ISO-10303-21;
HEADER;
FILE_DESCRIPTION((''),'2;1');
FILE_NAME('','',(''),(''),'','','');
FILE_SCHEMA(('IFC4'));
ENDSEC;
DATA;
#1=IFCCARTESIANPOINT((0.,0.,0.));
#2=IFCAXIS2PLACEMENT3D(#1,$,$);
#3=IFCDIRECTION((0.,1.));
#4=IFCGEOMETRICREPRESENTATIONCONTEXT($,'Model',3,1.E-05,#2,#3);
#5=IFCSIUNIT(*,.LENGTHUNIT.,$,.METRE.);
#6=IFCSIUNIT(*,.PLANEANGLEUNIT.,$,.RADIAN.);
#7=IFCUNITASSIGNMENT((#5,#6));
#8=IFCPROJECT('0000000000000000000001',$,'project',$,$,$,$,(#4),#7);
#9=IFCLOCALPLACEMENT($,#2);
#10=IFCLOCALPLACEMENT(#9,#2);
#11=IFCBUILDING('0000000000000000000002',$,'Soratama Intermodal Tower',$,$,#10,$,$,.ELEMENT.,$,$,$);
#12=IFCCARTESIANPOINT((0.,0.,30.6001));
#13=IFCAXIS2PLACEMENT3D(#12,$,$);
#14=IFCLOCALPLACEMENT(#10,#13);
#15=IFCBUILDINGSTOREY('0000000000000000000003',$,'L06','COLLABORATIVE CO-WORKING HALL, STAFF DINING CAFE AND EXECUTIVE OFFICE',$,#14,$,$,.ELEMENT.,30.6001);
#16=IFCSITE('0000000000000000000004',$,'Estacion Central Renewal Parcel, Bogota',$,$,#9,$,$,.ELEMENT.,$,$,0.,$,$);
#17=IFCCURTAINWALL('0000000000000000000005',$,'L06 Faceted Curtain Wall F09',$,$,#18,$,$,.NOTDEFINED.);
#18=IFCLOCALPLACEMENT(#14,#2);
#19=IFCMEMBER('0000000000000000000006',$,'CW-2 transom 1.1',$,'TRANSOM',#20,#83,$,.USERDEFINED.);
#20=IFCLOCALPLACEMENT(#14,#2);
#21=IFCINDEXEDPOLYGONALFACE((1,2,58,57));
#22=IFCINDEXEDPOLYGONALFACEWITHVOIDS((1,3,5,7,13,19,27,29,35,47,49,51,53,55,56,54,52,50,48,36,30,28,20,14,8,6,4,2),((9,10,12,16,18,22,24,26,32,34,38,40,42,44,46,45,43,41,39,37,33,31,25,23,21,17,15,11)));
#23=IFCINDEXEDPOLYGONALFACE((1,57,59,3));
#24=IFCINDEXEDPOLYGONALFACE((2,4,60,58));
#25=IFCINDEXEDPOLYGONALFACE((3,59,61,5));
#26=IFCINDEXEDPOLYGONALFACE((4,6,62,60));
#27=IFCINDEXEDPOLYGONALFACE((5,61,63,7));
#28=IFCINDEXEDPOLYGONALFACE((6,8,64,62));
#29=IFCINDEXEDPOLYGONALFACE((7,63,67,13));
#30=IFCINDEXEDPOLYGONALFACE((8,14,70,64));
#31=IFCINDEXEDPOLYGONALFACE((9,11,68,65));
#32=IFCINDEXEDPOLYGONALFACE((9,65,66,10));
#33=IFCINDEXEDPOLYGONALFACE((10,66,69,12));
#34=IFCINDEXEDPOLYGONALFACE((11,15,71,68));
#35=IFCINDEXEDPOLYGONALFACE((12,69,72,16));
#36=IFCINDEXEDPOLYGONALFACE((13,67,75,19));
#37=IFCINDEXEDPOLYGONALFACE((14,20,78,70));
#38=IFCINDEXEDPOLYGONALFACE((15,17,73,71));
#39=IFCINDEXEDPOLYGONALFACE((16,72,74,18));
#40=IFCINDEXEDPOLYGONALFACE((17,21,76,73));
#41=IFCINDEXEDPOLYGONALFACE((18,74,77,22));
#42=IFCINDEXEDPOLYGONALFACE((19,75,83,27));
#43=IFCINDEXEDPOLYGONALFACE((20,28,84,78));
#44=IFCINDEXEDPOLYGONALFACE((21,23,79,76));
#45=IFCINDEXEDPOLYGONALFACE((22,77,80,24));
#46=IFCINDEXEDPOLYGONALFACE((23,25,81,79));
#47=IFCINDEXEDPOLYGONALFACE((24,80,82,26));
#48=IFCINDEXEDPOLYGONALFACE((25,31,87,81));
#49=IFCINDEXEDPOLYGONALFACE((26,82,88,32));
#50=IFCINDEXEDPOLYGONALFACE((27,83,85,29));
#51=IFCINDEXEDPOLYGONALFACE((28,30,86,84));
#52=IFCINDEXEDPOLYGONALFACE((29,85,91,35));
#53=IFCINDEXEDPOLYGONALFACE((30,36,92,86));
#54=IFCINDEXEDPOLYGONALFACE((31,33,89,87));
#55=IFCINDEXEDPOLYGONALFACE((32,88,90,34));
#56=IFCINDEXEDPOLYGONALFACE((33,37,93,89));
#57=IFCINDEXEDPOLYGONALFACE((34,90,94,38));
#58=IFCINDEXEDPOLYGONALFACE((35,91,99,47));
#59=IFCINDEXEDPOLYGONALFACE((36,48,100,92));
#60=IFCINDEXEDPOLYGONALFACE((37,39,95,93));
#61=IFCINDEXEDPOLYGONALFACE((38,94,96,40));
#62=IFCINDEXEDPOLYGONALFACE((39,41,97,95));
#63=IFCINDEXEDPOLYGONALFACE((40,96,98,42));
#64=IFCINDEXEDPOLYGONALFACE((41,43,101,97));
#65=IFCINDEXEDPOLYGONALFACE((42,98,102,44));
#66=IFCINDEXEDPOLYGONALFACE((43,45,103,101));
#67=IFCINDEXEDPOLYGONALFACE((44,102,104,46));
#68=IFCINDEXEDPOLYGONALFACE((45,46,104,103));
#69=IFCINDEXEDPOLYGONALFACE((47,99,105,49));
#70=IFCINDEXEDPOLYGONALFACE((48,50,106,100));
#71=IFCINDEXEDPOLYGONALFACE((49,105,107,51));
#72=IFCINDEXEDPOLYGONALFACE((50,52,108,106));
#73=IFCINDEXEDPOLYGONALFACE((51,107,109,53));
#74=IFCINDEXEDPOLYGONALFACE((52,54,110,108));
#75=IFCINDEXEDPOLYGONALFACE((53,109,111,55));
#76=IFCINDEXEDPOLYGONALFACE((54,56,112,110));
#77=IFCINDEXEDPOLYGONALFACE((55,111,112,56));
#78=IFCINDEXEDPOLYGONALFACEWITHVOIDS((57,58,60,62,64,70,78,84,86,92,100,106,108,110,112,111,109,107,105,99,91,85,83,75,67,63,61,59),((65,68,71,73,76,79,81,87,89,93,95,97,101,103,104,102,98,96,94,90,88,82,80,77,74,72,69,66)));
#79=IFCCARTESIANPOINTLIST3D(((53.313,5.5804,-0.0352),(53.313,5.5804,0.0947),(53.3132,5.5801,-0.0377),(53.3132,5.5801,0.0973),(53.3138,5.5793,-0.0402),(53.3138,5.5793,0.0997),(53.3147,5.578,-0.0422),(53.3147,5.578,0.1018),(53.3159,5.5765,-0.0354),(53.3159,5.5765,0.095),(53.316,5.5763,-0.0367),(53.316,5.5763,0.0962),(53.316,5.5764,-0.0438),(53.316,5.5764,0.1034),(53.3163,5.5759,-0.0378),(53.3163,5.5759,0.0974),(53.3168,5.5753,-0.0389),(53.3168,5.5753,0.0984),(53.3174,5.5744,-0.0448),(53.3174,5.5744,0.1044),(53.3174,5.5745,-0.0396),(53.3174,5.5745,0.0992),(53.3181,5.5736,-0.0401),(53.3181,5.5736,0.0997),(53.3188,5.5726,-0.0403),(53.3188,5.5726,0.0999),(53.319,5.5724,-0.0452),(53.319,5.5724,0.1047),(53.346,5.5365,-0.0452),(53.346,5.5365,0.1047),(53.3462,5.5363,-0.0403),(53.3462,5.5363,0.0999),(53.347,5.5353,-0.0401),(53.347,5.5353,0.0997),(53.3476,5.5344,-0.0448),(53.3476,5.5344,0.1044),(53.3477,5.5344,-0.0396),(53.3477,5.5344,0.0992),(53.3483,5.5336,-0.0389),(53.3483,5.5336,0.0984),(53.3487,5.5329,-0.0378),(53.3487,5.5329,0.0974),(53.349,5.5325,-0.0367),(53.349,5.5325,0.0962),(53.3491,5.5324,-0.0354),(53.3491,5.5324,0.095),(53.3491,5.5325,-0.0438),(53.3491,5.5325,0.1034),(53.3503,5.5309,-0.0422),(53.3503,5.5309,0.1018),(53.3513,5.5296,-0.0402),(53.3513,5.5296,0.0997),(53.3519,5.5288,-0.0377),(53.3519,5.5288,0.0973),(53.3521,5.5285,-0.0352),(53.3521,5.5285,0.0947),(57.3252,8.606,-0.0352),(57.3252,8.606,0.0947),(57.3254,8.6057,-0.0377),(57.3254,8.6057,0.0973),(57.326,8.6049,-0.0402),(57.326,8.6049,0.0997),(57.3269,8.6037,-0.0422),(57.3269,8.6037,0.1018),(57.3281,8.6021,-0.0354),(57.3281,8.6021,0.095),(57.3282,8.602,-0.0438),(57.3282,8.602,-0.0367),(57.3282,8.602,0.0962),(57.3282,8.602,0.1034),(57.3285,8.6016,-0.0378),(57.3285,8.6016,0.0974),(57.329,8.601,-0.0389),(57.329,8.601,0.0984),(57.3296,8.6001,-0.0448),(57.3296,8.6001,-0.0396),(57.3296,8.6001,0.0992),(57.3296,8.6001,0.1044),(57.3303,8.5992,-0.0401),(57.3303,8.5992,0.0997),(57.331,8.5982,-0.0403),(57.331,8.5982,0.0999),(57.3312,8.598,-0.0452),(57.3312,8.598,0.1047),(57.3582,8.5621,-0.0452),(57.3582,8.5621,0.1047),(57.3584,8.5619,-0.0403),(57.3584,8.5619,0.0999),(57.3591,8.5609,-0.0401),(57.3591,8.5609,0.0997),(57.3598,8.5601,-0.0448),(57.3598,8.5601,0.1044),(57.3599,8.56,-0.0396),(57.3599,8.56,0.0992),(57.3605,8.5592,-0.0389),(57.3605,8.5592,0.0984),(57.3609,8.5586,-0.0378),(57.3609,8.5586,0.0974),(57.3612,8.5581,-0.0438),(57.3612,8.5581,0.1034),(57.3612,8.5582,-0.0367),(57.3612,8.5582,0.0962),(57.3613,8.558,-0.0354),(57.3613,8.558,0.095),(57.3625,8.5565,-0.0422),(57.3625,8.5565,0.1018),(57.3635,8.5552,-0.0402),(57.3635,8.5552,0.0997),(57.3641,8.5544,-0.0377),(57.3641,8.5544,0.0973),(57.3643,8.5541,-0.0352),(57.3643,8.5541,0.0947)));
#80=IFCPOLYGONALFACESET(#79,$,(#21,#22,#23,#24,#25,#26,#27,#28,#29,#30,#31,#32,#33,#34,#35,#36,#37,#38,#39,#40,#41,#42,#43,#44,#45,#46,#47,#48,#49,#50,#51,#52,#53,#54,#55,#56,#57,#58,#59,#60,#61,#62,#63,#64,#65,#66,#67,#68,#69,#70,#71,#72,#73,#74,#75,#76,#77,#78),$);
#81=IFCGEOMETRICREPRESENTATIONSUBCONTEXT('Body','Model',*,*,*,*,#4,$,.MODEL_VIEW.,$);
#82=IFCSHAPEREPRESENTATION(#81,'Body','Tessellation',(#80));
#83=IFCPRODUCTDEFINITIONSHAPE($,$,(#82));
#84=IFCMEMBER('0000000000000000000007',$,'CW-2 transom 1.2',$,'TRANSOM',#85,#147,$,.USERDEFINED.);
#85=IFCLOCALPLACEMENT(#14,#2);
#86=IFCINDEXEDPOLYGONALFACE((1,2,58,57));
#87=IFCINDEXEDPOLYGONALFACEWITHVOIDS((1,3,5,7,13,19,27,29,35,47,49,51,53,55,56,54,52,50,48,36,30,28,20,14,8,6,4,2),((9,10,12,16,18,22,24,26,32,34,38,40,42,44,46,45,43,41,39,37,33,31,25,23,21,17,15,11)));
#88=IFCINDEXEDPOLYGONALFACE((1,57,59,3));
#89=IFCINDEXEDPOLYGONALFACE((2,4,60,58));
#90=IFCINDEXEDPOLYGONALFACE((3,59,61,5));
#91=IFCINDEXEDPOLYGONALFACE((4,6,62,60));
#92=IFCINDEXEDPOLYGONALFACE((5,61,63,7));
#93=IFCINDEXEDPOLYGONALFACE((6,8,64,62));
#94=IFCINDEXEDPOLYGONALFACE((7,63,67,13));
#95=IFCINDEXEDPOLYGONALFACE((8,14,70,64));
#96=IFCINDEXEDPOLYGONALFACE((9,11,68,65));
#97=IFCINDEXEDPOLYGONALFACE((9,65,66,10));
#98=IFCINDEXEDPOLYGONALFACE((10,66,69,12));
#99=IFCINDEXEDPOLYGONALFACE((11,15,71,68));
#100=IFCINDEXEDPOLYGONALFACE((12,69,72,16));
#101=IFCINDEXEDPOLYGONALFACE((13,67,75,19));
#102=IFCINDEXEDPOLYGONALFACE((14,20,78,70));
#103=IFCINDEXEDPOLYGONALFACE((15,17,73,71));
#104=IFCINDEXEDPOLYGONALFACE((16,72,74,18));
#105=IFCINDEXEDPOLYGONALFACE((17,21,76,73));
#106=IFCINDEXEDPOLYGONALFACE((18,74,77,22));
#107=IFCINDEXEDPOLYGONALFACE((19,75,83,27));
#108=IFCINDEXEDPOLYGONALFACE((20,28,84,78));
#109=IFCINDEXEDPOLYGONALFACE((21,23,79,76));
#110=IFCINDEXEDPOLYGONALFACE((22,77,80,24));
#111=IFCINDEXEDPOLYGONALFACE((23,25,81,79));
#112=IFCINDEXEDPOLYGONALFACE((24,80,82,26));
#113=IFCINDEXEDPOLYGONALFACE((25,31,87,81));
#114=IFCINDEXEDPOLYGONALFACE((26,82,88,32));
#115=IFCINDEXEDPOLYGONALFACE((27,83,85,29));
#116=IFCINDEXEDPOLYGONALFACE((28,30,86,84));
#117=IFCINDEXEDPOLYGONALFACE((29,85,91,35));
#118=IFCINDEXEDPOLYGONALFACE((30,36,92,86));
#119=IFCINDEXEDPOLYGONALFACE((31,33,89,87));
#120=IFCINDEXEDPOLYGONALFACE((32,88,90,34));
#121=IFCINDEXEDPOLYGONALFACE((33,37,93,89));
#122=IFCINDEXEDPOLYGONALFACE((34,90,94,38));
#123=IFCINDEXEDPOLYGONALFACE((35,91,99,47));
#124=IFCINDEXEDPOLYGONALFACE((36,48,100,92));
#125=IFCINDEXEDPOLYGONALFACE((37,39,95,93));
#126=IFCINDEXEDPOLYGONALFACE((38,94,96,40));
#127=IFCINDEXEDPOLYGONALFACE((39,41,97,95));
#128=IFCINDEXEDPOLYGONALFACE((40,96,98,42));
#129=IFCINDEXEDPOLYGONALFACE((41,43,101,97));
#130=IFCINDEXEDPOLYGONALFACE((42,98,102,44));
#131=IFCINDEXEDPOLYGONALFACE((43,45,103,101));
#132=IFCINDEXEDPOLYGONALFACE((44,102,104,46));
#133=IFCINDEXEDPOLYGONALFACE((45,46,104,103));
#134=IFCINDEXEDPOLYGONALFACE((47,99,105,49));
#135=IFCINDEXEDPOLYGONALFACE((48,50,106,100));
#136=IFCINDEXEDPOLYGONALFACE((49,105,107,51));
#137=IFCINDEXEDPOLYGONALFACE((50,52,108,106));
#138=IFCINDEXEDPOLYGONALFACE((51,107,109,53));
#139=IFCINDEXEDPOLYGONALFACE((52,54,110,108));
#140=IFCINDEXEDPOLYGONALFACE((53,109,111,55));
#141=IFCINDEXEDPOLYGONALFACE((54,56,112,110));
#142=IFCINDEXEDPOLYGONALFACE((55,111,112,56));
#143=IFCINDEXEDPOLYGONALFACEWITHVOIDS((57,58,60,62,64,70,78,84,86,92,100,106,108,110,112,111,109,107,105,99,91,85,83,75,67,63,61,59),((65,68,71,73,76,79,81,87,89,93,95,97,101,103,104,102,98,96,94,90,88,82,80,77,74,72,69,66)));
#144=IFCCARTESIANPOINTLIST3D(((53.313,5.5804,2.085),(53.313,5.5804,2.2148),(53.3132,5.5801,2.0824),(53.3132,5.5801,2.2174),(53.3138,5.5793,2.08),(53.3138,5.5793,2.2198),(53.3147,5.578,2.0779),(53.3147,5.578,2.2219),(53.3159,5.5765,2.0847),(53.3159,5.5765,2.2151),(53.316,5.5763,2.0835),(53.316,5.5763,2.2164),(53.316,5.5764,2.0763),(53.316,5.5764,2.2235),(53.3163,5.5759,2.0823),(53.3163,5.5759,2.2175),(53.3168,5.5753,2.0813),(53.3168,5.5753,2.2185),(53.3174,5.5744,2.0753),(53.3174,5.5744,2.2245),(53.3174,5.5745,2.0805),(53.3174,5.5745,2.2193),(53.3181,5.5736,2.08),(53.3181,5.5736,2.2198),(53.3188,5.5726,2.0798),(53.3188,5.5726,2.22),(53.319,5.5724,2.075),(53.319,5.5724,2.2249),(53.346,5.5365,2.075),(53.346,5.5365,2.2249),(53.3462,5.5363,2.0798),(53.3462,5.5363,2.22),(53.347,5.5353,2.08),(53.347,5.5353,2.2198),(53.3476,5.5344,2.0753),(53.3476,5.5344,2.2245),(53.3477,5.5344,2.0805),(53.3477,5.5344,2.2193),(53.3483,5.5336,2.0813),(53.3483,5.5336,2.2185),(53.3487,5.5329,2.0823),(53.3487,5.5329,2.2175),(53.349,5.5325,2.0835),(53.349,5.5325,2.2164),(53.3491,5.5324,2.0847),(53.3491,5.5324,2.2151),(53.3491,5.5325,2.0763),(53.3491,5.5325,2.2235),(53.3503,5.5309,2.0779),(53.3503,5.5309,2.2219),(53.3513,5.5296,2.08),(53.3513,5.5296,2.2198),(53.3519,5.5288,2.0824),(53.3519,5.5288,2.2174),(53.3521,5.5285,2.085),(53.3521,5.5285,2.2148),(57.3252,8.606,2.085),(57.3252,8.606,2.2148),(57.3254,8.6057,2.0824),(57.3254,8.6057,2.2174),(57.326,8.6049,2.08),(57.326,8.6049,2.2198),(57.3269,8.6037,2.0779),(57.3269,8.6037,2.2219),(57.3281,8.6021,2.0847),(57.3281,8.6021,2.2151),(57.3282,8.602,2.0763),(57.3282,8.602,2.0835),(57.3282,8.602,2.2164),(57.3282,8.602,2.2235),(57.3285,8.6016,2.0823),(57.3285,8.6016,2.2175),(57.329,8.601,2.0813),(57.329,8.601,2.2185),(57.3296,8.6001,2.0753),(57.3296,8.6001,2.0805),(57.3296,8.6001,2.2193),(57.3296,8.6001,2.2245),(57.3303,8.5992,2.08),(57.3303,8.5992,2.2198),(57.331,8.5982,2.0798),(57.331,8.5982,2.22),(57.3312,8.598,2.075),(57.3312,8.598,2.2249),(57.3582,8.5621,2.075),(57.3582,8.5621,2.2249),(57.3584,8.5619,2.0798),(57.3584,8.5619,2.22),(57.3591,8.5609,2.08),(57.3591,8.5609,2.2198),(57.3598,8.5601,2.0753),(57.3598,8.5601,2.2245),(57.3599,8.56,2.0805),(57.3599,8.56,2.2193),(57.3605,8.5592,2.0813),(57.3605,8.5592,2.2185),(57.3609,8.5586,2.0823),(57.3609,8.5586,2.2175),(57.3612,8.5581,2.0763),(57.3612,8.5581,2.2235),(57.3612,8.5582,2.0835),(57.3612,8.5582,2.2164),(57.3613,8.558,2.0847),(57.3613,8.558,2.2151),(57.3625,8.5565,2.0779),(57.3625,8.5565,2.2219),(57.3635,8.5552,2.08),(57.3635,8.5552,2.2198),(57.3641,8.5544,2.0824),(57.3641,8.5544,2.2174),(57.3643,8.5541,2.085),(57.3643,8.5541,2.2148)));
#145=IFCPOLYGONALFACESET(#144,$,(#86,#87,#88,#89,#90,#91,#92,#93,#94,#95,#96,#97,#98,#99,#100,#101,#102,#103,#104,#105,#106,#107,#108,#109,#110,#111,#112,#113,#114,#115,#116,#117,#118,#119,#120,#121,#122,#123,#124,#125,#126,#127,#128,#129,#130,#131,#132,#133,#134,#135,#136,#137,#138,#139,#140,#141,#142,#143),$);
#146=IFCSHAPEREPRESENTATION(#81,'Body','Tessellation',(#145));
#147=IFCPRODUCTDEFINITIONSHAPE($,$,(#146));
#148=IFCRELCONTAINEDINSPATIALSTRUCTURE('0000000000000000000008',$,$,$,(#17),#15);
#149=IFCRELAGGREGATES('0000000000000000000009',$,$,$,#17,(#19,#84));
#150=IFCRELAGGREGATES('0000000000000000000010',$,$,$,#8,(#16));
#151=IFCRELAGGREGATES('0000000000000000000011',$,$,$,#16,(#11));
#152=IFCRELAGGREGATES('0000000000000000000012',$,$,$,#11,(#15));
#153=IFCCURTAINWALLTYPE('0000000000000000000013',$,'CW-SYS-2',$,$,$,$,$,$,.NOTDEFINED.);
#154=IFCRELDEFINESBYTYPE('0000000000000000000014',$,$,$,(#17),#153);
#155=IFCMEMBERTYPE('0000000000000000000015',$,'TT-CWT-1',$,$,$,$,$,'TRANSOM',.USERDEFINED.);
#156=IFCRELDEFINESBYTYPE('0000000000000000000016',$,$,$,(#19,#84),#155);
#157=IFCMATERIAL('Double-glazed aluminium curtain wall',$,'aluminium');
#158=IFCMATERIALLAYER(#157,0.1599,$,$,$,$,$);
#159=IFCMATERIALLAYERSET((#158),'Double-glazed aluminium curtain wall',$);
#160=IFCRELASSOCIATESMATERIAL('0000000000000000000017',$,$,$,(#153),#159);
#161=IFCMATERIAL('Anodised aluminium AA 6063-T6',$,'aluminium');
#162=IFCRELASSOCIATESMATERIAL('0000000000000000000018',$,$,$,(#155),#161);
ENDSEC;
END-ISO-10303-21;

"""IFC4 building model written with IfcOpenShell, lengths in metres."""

from ifc_helpers import new_model, si_unit, direction, frame, origin, origin_2d, place, context, subcontext, project, spatial, hollow_rectangle, extrude, material, layer, layer_set, material_profile, profile_set, type_object, element, aggregate, save


model = new_model("IFC4")

# Units and contexts
model_context = context("Model", 3, precision=1e-05, world=origin(), true_north=direction((0.0, 1.0)))
body_context = subcontext(model_context, "Body", "Model", "MODEL_VIEW")
ifc_project = project(units=[si_unit("LENGTHUNIT", "METRE"), si_unit("PLANEANGLEUNIT", "RADIAN")], contexts=[model_context])

# Site, building, storey
site_placement = place(None, origin())
site = spatial("IfcSite", under=ifc_project, at=site_placement, Name="Estacion Central Renewal Parcel, Bogota", CompositionType="ELEMENT", RefElevation=0.0)
building_placement = place(site_placement, origin())
building = spatial("IfcBuilding", under=site, at=building_placement, Name="Soratama Intermodal Tower", CompositionType="ELEMENT")
storey_placement = place(building_placement, frame((0.0, 0.0, 30.6001)))
storey = spatial("IfcBuildingStorey", under=building, at=storey_placement, Name="L06", Description="COLLABORATIVE CO-WORKING HALL, STAFF DINING CAFE AND EXECUTIVE OFFICE", CompositionType="ELEMENT", Elevation=30.6001)

# Curtain wall, members
ifc_material_1 = material(Name="Double-glazed aluminium curtain wall", Category="aluminium")
ifc_layer_1 = layer(ifc_material_1, 0.1599)
ifc_layer_set_1 = layer_set([ifc_layer_1], Name="Double-glazed aluminium curtain wall")
curtain_wall_type = type_object("IfcCurtainWallType", Name="CW-SYS-2", PredefinedType="NOTDEFINED", material=ifc_layer_set_1)
curtain_wall_placement = place(storey_placement, origin())
curtain_wall = element("IfcCurtainWall", 1, at=curtain_wall_placement, inside=storey, type_object=curtain_wall_type, Name="L06 Faceted Curtain Wall F09", PredefinedType="NOTDEFINED")
ifc_material_2 = material(Name="Anodised aluminium AA 6063-T6", Category="aluminium")
ifc_material_profile_1 = material_profile(ifc_material_2, hollow_rectangle(XDim=0.0649, YDim=0.1499, WallThickness=0.0049, InnerFilletRadius=0.0049, OuterFilletRadius=0.01, at=origin_2d()), Name="CWT150X65X5")
ifc_profile_set_1 = profile_set([ifc_material_profile_1], Name="Anodised aluminium AA 6063-T6")
member_type_1 = type_object("IfcMemberType", Name="TT-CWT-1", ElementType="TRANSOM", PredefinedType="USERDEFINED", material=ifc_profile_set_1)
member_1_placement = place(storey_placement, frame((53.3325, 5.5544, 0.0298), z_axis=(0.798423, 0.602097, 0.0), x_axis=(-0.602097, 0.798423, 0.0)))
member_1 = element("IfcMember", 2, at=member_1_placement, type_object=member_type_1, Name="CW-2 transom 1.1", ObjectType="TRANSOM", PredefinedType="USERDEFINED", context=body_context, shape_type="SweptSolid", body=[
    extrude(hollow_rectangle(XDim=0.0649, YDim=0.1499, WallThickness=0.0049, InnerFilletRadius=0.0049, OuterFilletRadius=0.01, at=origin_2d()), origin(), (0.0, 0.0, 1.0), 5.0251),
])
member_2_placement = place(storey_placement, frame((53.3325, 5.5544, 2.1499), z_axis=(0.798423, 0.602097, 0.0), x_axis=(-0.602097, 0.798423, 0.0)))
member_2 = element("IfcMember", 3, at=member_2_placement, type_object=member_type_1, Name="CW-2 transom 1.2", ObjectType="TRANSOM", PredefinedType="USERDEFINED", context=body_context, shape_type="SweptSolid", body=[
    extrude(hollow_rectangle(XDim=0.0649, YDim=0.1499, WallThickness=0.0049, InnerFilletRadius=0.0049, OuterFilletRadius=0.01, at=origin_2d()), origin(), (0.0, 0.0, 1.0), 5.0251),
])
aggregate(curtain_wall, [member_1, member_2])

save(model, "model.ifc")
